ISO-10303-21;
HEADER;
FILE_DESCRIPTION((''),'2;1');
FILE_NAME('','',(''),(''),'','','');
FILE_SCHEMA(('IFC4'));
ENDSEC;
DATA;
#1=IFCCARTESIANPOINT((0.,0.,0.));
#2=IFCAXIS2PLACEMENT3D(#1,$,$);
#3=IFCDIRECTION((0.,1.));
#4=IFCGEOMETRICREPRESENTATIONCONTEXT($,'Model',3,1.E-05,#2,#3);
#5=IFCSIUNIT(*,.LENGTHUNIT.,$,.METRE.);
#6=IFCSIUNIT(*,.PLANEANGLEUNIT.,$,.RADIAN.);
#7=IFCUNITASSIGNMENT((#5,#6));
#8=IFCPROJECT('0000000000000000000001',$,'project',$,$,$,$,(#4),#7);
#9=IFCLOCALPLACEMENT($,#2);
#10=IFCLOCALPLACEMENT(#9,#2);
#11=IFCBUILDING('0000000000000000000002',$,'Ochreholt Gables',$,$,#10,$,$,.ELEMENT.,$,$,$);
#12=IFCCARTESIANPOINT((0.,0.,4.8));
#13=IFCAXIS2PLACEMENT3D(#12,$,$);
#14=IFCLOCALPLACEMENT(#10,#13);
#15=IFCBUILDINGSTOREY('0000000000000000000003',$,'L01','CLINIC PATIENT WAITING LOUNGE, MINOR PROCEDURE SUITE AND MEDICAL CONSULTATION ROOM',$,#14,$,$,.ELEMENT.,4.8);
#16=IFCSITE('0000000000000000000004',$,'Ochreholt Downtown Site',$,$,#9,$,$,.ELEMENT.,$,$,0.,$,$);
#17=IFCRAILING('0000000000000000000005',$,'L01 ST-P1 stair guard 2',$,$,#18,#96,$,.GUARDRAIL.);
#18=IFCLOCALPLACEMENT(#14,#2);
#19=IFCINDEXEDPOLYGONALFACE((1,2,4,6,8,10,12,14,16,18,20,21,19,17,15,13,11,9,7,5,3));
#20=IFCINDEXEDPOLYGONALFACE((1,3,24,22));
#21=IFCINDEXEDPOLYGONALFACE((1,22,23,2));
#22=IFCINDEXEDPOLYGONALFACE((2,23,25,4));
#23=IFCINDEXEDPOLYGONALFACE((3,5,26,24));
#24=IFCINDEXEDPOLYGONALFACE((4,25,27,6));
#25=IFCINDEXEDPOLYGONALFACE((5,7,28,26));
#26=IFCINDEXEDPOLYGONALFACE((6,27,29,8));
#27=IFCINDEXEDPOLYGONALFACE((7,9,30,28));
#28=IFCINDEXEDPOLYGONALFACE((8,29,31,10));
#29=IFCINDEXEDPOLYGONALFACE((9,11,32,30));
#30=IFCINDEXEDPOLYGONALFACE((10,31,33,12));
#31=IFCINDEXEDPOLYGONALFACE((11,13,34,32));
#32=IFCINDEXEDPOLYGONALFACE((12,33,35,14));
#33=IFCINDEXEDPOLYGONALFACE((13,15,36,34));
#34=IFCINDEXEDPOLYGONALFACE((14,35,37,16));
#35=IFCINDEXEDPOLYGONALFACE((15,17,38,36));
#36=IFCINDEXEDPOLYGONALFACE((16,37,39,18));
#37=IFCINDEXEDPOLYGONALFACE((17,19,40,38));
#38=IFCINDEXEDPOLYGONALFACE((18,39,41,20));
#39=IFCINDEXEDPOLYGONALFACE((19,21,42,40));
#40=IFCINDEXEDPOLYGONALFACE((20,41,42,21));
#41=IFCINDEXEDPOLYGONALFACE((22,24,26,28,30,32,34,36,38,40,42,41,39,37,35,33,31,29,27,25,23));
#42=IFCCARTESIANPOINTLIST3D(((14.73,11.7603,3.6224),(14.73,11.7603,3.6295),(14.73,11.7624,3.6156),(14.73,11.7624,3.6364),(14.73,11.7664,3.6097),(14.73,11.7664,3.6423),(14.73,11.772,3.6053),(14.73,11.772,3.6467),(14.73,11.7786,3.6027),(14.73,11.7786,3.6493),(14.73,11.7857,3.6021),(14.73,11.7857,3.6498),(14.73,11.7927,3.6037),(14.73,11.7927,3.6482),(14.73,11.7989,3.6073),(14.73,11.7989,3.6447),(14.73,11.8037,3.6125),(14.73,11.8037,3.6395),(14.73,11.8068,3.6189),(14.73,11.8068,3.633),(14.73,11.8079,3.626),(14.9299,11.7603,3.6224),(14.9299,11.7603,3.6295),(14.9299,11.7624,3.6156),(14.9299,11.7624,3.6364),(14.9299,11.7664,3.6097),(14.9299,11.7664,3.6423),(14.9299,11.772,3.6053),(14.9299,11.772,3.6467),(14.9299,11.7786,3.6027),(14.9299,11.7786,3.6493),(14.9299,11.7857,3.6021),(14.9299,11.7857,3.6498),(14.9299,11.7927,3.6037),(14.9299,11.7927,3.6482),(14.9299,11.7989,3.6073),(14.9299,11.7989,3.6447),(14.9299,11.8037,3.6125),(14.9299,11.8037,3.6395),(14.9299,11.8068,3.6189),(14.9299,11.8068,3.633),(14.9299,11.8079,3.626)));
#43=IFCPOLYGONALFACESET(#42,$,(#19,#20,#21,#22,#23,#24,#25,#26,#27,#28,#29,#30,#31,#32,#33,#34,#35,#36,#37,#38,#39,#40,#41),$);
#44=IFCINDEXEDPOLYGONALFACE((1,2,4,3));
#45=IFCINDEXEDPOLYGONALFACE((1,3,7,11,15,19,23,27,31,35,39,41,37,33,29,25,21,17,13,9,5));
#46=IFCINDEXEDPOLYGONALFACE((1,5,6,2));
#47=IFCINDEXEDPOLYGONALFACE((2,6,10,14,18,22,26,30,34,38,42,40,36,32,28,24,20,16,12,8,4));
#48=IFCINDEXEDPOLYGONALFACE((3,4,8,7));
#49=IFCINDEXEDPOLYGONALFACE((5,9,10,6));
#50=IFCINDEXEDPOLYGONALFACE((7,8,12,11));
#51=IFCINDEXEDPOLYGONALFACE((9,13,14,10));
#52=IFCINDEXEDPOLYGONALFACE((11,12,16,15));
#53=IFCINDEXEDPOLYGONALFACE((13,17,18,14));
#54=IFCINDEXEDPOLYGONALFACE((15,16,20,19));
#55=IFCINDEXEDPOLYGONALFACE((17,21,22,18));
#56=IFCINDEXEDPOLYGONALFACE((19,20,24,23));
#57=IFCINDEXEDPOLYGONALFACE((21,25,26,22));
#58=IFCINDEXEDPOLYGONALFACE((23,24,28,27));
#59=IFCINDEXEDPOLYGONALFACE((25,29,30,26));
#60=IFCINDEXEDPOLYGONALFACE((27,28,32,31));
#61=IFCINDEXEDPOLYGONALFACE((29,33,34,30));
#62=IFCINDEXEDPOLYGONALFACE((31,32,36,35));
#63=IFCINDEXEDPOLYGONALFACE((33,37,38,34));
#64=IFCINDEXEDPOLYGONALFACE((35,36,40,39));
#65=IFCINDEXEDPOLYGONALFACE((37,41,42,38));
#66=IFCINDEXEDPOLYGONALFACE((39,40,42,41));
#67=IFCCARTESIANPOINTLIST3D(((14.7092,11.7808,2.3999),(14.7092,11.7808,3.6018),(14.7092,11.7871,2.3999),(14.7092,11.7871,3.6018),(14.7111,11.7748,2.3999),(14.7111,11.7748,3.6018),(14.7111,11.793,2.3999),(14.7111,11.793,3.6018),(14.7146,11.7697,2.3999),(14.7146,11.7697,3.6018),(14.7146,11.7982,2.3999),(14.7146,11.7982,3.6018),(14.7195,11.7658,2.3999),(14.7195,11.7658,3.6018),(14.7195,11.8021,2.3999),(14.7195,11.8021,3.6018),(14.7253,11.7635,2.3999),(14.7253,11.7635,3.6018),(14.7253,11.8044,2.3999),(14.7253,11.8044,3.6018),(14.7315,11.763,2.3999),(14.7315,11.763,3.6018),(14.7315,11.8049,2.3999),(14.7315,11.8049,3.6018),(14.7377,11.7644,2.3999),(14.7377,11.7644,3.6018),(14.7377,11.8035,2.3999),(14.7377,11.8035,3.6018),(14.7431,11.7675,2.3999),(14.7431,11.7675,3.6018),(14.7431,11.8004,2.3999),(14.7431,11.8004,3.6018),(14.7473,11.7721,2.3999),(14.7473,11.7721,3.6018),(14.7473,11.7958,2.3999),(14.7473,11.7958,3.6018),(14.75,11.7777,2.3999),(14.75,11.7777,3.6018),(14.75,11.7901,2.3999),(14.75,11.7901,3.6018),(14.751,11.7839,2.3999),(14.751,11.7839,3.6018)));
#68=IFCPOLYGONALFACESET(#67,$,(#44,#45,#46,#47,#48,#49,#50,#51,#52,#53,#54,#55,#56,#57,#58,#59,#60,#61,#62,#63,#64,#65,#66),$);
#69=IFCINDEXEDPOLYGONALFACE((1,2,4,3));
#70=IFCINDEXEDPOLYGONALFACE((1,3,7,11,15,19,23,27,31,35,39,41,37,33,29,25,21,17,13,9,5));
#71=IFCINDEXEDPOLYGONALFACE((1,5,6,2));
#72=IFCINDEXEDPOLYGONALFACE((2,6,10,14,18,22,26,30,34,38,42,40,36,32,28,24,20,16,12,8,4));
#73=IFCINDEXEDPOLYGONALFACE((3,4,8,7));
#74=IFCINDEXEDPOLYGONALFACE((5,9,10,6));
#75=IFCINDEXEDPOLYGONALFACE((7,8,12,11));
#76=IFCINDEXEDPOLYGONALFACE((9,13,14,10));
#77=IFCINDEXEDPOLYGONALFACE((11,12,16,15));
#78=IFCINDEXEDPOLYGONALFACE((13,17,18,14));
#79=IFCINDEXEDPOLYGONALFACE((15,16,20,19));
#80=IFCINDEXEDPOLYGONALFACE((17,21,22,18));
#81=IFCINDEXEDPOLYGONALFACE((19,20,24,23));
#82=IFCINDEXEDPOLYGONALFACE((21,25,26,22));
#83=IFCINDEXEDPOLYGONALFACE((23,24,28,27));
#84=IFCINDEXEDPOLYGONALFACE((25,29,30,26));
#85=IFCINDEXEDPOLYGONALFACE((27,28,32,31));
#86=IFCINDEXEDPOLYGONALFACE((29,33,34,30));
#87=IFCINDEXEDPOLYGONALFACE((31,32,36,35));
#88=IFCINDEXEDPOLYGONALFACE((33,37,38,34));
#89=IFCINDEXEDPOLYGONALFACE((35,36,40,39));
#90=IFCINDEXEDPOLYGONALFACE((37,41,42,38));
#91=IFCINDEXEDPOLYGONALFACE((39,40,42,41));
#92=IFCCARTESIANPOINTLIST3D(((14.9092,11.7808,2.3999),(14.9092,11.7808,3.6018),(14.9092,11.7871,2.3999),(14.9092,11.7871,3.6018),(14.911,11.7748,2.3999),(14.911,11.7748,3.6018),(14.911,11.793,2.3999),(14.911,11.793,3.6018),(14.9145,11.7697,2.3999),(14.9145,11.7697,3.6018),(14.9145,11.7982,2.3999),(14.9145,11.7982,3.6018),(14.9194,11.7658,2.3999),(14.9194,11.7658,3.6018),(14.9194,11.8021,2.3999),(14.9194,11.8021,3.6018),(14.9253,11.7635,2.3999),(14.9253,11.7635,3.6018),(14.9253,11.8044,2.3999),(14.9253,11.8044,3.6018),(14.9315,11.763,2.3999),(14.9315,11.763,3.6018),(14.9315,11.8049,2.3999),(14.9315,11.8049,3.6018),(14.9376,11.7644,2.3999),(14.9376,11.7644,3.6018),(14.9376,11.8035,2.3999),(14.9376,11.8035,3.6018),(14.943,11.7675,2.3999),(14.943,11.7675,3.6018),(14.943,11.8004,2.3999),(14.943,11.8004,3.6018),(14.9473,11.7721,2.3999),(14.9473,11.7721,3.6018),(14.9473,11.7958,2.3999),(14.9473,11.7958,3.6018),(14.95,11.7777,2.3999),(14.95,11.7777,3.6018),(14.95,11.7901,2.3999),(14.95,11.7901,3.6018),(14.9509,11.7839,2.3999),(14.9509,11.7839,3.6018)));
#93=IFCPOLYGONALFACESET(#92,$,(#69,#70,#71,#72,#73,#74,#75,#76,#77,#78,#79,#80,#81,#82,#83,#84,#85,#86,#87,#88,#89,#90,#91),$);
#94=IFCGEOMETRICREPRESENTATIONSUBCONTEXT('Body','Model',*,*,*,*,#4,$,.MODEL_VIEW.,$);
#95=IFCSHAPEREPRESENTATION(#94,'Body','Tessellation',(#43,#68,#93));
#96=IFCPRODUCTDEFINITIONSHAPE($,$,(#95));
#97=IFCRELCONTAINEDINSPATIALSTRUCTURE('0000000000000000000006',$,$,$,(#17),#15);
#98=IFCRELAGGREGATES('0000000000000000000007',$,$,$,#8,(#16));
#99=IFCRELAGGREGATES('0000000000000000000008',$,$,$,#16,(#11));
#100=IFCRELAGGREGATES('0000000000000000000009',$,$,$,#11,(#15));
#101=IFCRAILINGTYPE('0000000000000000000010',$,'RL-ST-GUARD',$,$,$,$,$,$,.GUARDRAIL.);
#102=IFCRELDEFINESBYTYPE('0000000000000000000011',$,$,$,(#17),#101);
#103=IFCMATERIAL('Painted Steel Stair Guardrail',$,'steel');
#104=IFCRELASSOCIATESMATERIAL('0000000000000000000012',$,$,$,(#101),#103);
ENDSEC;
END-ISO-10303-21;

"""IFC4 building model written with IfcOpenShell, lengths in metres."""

from ifc_helpers import new_model, si_unit, direction, frame, origin, origin_2d, place, context, subcontext, project, spatial, circle, extrude, material, type_object, element, save


model = new_model("IFC4")

# Units and contexts
model_context = context("Model", 3, precision=1e-05, world=origin(), true_north=direction((0.0, 1.0)))
body_context = subcontext(model_context, "Body", "Model", "MODEL_VIEW")
ifc_project = project(units=[si_unit("LENGTHUNIT", "METRE"), si_unit("PLANEANGLEUNIT", "RADIAN")], contexts=[model_context])

# Site, building, storey
site_placement = place(None, origin())
site = spatial("IfcSite", under=ifc_project, at=site_placement, Name="Ochreholt Downtown Site", CompositionType="ELEMENT", RefElevation=0.0)
building_placement = place(site_placement, origin())
building = spatial("IfcBuilding", under=site, at=building_placement, Name="Ochreholt Gables", CompositionType="ELEMENT")
storey_placement = place(building_placement, frame((0.0, 0.0, 4.8)))
storey = spatial("IfcBuildingStorey", under=building, at=storey_placement, Name="L01", Description="CLINIC PATIENT WAITING LOUNGE, MINOR PROCEDURE SUITE AND MEDICAL CONSULTATION ROOM", CompositionType="ELEMENT", Elevation=4.8)

# Railing
ifc_material_1 = material(Name="Painted Steel Stair Guardrail", Category="steel")
railing_type_1 = type_object("IfcRailingType", Name="RL-ST-GUARD", PredefinedType="GUARDRAIL", material=ifc_material_1)
railing_1_placement = place(storey_placement, frame((14.73, 11.7839, 2.3999)))
element("IfcRailing", 1, at=railing_1_placement, inside=storey, type_object=railing_type_1, Name="L01 ST-P1 stair guard 2", PredefinedType="GUARDRAIL", context=body_context, shape_type="SweptSolid", body=[
    extrude(circle(Radius=0.0239, at=origin_2d()), frame((0.0, 0.0, 1.2261), z_axis=(1.0, 0.0, 0.0), x_axis=(0.0, 1.0, 0.0)), (0.0, 0.0, 1.0), 0.2),
    extrude(circle(Radius=0.021, at=origin_2d()), origin(), (0.0, 0.0, 1.0), 1.2019),
    extrude(circle(Radius=0.021, at=origin_2d()), frame((0.2, 0.0, 0.0)), (0.0, 0.0, 1.0), 1.2019),
])

save(model, "model.ifc")
